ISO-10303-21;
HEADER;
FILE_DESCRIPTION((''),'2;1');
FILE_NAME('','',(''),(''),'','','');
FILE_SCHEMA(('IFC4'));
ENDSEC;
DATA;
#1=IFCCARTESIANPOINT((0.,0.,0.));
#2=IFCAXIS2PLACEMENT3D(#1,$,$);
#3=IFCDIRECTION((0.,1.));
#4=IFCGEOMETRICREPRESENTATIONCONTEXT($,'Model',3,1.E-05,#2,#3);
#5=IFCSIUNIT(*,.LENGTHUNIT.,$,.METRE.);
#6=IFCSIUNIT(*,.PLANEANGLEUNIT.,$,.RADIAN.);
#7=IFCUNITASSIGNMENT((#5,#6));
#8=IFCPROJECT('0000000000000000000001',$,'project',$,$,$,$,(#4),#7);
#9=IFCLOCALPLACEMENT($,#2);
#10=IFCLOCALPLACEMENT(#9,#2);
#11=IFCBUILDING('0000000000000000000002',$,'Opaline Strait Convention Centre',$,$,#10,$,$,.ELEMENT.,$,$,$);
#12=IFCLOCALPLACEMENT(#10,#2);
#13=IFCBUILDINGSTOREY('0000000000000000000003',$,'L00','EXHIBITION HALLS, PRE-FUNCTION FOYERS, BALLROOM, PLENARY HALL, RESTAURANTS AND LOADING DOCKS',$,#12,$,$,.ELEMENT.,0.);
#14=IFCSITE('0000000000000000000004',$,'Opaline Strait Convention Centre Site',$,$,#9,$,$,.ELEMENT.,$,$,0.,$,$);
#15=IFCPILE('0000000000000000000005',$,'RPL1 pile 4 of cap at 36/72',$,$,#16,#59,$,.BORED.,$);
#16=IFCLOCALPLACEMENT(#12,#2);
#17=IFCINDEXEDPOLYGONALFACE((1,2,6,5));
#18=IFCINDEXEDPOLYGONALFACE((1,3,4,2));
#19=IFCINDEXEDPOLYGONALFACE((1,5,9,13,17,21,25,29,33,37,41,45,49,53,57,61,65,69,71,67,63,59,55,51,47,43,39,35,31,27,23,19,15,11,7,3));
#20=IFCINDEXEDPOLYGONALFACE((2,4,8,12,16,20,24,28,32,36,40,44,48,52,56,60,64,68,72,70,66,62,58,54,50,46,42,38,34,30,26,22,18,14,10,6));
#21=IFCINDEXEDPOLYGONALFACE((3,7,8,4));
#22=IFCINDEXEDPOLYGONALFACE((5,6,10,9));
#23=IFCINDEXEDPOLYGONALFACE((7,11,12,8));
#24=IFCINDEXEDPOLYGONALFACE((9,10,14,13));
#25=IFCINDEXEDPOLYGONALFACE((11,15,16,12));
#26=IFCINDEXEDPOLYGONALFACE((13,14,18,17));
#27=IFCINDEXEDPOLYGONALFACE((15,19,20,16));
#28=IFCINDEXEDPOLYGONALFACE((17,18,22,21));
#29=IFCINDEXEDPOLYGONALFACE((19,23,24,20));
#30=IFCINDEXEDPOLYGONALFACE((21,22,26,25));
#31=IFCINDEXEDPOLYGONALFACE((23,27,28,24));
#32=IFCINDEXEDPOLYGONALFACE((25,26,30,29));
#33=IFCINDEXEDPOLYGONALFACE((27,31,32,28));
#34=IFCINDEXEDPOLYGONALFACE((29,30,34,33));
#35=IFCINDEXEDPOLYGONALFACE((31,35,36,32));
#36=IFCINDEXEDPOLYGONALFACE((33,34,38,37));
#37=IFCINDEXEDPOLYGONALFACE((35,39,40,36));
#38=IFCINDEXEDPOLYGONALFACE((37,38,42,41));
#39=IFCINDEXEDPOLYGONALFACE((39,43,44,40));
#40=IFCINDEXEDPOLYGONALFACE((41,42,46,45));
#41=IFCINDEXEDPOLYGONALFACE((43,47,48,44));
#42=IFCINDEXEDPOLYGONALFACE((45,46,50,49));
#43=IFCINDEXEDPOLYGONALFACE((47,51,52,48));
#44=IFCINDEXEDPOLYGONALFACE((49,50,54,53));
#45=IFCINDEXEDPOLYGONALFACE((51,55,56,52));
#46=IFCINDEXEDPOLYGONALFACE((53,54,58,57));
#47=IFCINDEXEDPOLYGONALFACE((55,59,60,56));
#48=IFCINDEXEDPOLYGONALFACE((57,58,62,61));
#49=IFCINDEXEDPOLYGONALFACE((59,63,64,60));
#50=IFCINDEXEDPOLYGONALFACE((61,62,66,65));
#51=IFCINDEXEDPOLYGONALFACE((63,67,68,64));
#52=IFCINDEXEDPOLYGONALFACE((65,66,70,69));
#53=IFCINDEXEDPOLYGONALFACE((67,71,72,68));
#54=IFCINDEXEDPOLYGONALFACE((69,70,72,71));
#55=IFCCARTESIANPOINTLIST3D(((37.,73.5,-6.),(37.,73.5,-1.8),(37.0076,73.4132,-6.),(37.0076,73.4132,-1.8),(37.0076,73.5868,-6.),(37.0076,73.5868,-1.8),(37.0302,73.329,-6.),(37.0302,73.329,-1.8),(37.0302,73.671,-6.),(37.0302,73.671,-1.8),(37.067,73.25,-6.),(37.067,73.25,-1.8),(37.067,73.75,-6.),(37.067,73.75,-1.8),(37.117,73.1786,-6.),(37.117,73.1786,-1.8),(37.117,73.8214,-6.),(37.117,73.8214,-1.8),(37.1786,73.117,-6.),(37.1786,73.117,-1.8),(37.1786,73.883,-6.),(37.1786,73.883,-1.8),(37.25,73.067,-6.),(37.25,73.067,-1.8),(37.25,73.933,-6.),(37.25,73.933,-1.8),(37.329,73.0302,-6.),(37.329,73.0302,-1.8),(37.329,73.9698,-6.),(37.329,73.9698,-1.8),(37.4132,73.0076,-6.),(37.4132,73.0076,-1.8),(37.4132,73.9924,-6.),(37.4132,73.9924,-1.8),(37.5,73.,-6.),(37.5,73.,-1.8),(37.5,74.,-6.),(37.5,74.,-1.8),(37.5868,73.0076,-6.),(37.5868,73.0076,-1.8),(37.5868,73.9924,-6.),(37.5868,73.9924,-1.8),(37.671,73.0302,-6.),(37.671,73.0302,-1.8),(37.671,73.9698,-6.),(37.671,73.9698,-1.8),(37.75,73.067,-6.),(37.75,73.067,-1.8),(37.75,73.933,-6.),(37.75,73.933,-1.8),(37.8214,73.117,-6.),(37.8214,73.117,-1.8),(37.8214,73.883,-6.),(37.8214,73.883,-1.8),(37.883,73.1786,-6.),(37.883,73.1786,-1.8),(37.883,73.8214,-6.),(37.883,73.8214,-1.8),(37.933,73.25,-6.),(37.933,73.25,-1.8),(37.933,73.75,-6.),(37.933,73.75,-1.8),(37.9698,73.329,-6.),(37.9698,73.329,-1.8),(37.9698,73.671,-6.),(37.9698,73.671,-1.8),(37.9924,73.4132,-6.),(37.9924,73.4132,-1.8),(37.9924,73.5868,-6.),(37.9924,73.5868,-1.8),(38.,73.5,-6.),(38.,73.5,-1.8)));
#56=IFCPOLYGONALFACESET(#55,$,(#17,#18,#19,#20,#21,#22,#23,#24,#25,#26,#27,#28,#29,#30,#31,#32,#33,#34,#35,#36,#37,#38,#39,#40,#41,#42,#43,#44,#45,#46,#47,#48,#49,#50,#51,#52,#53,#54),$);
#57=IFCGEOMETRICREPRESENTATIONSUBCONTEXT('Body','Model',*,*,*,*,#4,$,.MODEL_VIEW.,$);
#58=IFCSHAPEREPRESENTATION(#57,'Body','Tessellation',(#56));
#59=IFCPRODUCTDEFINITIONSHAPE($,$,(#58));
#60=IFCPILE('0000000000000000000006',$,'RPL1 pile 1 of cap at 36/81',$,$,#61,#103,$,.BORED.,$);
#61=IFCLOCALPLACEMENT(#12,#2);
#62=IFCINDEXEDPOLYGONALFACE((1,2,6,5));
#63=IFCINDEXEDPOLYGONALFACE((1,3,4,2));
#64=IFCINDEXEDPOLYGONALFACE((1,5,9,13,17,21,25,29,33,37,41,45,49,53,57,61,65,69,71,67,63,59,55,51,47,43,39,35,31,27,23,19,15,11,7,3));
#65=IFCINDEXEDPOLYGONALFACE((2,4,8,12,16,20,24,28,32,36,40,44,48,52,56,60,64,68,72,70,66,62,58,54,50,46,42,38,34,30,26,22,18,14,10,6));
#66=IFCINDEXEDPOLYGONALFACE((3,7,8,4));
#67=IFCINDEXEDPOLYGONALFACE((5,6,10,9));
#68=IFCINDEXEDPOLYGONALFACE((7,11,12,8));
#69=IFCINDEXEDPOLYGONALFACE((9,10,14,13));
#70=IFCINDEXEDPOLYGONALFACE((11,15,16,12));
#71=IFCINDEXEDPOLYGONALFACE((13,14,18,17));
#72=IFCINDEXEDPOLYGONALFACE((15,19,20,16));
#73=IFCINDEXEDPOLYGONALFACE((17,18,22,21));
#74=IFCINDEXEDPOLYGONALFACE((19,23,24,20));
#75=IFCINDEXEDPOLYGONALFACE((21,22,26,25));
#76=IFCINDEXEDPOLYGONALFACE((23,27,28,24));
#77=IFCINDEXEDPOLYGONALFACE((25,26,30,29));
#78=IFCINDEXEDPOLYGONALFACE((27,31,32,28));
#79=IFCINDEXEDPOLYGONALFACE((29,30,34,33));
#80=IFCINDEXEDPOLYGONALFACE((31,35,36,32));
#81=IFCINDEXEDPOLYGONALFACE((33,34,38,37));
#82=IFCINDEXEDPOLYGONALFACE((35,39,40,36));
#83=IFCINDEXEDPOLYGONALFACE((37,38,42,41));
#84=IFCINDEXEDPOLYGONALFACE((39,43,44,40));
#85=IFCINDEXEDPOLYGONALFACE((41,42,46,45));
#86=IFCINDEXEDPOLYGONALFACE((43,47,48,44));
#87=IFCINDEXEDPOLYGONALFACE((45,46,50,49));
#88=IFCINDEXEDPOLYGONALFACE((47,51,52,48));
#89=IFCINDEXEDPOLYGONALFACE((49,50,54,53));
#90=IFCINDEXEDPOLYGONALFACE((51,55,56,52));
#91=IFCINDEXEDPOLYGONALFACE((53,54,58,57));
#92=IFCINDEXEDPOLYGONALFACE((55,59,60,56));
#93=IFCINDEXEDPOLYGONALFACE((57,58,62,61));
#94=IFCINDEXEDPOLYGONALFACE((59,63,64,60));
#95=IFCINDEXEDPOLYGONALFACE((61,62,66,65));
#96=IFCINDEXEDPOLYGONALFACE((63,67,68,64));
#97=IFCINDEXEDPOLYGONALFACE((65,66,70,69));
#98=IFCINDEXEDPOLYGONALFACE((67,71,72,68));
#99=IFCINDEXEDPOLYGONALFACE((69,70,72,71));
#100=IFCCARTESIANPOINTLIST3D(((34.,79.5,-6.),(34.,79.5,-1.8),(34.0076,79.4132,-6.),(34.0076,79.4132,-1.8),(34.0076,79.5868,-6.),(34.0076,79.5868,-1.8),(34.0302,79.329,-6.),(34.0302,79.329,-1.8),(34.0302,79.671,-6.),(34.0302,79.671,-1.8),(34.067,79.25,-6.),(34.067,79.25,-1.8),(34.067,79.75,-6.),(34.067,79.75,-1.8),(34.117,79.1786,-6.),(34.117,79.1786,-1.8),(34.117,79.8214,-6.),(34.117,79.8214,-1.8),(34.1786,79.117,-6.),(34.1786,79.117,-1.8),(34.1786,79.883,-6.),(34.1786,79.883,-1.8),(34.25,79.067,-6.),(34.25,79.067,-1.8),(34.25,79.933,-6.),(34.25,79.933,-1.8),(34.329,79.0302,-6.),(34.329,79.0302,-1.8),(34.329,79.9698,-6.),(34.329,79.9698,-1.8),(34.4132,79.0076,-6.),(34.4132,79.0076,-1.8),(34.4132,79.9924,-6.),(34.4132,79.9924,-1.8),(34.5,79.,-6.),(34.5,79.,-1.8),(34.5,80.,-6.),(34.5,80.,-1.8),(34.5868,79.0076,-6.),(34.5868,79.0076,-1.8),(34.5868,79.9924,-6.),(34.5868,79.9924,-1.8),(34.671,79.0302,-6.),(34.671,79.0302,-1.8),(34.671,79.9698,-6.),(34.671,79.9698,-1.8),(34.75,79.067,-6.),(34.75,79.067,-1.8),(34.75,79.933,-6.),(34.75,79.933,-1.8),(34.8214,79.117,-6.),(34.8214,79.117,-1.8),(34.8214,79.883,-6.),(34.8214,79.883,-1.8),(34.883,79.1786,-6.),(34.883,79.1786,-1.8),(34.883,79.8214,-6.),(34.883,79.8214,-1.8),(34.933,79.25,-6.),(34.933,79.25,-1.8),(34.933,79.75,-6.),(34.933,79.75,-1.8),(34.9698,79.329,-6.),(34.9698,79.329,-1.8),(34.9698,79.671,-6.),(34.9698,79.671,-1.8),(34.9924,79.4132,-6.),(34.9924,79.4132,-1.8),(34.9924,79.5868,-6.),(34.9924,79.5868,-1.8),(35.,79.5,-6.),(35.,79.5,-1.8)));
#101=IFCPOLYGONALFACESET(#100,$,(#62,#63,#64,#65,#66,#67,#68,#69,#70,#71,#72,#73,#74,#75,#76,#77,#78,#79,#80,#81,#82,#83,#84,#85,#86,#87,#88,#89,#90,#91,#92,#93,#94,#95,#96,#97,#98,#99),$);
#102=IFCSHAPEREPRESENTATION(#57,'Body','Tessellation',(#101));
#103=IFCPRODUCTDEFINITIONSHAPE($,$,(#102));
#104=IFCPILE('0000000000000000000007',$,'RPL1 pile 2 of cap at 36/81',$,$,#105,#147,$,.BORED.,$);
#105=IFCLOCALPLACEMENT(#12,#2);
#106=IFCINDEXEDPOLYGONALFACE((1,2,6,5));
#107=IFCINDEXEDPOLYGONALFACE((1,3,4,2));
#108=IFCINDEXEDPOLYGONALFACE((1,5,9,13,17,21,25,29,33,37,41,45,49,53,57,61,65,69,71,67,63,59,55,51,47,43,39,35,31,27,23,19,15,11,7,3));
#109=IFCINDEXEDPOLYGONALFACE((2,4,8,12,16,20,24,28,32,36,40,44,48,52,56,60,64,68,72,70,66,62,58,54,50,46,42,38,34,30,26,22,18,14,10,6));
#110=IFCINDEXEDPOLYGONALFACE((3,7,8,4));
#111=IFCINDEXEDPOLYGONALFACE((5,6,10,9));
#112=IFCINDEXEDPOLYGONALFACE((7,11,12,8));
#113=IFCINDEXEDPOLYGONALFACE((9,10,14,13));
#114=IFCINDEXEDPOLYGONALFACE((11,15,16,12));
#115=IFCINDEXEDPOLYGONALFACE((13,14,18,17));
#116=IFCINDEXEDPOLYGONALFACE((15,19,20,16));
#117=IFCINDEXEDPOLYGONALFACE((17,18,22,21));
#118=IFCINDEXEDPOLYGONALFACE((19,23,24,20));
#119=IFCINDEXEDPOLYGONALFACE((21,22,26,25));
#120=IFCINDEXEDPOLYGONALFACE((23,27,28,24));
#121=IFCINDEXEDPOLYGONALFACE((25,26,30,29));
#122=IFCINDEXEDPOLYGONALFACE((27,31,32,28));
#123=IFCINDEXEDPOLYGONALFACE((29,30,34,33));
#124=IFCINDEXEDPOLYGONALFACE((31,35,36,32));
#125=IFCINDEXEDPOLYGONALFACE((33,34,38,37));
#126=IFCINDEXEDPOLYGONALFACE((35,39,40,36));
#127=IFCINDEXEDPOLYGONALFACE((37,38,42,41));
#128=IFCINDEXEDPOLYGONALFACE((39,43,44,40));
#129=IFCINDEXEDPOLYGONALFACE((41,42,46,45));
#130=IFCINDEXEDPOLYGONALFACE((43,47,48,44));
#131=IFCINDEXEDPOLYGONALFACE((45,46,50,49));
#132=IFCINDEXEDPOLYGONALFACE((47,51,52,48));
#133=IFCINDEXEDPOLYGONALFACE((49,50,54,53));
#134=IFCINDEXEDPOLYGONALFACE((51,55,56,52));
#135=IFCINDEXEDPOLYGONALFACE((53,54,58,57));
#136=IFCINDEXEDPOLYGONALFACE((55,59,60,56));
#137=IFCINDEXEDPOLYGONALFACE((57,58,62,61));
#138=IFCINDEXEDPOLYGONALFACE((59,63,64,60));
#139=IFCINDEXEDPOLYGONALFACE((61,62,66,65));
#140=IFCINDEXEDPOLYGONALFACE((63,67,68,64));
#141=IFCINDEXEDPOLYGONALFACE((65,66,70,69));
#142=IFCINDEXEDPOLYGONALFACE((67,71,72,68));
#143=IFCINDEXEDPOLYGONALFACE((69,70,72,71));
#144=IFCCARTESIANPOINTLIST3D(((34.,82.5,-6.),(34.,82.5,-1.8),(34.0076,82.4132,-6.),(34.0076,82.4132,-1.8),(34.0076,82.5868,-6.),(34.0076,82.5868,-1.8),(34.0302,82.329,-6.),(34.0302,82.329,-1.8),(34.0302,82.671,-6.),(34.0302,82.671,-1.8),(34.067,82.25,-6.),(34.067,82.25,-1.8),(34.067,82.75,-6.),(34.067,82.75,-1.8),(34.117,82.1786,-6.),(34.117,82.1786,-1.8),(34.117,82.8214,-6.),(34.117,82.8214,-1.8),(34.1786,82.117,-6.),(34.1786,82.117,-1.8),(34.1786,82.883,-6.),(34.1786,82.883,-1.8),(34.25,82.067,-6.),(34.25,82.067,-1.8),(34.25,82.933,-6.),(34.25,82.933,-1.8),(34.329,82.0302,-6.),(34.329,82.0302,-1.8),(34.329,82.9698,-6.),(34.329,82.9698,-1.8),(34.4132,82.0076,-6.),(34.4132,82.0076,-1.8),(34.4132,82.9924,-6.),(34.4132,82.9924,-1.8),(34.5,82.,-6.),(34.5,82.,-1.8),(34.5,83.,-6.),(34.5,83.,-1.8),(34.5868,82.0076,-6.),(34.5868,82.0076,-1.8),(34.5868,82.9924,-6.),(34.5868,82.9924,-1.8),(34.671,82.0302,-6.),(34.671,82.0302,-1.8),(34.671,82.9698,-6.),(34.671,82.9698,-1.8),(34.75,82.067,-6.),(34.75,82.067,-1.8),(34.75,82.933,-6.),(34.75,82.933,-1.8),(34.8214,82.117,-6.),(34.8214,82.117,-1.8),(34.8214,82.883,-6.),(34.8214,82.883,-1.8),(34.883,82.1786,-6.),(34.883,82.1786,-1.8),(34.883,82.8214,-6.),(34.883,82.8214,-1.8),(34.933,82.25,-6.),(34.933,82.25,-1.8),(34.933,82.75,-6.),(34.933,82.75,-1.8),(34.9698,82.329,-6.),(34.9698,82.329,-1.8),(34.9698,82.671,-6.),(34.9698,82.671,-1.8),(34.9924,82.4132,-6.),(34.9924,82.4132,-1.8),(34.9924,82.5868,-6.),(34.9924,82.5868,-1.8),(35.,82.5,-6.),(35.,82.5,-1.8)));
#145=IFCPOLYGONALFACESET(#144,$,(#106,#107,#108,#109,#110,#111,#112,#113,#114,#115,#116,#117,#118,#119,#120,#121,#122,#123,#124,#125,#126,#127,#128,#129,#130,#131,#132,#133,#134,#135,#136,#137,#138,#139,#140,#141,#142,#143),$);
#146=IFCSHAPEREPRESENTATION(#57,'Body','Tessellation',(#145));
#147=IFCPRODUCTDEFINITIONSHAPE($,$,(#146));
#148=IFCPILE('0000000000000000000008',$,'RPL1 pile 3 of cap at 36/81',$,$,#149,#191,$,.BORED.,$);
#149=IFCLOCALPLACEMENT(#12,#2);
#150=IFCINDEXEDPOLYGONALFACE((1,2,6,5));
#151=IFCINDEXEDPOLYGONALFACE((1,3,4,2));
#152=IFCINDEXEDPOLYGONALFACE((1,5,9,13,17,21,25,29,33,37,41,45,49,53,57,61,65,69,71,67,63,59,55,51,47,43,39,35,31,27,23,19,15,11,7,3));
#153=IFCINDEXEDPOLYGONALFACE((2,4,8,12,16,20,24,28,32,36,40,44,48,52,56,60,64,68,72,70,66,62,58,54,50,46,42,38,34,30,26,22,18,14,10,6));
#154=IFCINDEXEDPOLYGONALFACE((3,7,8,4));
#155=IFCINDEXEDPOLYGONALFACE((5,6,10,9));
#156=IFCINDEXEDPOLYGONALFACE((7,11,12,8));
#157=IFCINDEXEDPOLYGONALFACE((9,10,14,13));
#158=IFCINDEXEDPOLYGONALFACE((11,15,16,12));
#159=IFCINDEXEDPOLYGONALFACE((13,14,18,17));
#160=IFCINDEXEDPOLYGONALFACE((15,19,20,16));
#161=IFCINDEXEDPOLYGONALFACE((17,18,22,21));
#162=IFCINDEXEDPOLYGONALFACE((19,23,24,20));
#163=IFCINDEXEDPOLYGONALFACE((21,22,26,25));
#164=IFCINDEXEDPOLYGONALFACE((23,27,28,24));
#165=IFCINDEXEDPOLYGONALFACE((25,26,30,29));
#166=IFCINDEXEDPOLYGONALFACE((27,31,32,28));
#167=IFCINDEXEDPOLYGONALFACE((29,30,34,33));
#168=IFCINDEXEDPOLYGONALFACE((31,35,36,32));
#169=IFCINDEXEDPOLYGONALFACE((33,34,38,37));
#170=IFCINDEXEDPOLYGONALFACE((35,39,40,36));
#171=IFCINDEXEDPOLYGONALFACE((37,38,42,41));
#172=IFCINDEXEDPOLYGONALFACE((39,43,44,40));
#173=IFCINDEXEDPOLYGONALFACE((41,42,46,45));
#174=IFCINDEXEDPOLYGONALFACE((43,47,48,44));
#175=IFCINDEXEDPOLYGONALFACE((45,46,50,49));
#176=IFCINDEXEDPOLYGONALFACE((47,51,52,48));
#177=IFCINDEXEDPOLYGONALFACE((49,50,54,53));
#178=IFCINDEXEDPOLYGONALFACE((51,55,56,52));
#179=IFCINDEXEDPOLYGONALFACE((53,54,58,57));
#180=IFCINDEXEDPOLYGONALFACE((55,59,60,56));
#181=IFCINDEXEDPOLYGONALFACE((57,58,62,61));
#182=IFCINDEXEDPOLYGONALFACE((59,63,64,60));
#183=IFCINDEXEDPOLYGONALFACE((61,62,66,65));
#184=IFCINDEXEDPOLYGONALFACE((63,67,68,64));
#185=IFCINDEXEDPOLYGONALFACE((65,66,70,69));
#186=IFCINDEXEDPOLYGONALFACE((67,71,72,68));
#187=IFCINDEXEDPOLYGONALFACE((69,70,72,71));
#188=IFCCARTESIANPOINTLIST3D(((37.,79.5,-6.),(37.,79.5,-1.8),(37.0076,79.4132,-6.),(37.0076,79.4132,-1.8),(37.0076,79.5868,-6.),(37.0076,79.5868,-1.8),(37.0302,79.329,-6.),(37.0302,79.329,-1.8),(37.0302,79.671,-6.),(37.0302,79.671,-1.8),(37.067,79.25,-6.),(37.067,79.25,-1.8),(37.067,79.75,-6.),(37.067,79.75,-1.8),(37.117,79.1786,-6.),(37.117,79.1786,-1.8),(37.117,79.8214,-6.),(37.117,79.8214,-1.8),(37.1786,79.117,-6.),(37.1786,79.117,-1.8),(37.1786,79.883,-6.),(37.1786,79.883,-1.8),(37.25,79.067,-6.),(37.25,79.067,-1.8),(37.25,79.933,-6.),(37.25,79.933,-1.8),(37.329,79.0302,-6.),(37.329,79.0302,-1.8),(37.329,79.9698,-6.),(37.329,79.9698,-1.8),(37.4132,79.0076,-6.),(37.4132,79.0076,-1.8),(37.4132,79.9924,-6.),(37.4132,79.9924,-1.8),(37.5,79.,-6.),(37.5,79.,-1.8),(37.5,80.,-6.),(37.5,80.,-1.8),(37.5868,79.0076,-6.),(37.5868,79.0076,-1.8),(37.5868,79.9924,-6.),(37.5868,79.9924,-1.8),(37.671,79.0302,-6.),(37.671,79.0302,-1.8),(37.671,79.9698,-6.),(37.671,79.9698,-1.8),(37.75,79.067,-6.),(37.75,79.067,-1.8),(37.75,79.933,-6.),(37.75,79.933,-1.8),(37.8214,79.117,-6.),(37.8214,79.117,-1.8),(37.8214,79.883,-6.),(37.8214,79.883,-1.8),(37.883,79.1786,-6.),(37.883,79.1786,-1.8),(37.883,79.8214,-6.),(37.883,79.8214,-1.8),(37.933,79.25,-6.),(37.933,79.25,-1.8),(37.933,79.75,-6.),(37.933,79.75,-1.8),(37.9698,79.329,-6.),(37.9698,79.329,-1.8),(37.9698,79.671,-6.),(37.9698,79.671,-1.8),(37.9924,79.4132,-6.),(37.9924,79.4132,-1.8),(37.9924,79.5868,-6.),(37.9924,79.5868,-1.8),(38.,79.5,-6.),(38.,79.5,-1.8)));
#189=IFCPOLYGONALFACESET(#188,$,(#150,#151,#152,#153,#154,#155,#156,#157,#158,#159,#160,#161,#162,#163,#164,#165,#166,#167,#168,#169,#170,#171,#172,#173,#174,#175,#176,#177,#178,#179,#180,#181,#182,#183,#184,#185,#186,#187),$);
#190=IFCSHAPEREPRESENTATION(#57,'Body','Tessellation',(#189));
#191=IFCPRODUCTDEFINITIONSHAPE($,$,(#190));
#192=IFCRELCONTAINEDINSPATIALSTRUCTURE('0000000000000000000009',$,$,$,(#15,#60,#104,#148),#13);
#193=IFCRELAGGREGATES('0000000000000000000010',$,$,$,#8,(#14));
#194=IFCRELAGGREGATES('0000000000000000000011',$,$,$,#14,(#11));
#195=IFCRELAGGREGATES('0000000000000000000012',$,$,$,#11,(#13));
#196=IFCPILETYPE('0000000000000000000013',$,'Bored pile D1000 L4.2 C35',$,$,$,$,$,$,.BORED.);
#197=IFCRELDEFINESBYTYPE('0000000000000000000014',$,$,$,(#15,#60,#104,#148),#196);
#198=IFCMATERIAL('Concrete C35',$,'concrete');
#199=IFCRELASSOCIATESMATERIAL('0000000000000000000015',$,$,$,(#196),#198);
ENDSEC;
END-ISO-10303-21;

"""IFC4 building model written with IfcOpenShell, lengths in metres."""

from ifc_helpers import new_model, si_unit, direction, frame, origin, origin_2d, place, context, subcontext, project, spatial, circle, extrude, material, material_profile, profile_set, type_object, element, save


model = new_model("IFC4")

# Units and contexts
model_context = context("Model", 3, precision=1e-05, world=origin(), true_north=direction((0.0, 1.0)))
body_context = subcontext(model_context, "Body", "Model", "MODEL_VIEW")
ifc_project = project(units=[si_unit("LENGTHUNIT", "METRE"), si_unit("PLANEANGLEUNIT", "RADIAN")], contexts=[model_context])

# Site, building, storey
site_placement = place(None, origin())
site = spatial("IfcSite", under=ifc_project, at=site_placement, Name="Opaline Strait Convention Centre Site", CompositionType="ELEMENT", RefElevation=0.0)
building_placement = place(site_placement, origin())
building = spatial("IfcBuilding", under=site, at=building_placement, Name="Opaline Strait Convention Centre", CompositionType="ELEMENT")
storey_placement = place(building_placement, origin())
storey = spatial("IfcBuildingStorey", under=building, at=storey_placement, Name="L00", Description="EXHIBITION HALLS, PRE-FUNCTION FOYERS, BALLROOM, PLENARY HALL, RESTAURANTS AND LOADING DOCKS", CompositionType="ELEMENT", Elevation=0.0)

# Piles
ifc_material_1 = material(Name="Concrete C35", Category="concrete")
ifc_material_profile_1 = material_profile(ifc_material_1, circle(Radius=0.5, at=origin_2d()), Name="D1000")
ifc_profile_set_1 = profile_set([ifc_material_profile_1], Name="Concrete C35")
pile_type = type_object("IfcPileType", Name="Bored pile D1000 L4.2 C35", PredefinedType="BORED", material=ifc_profile_set_1)
for number, where, z_axis, x_axis, name in (
    (1, (37.5, 73.5, -1.8), (0.0, 0.0, -1.0), (1.0, 0.0, 0.0), "RPL1 pile 4 of cap at 36/72"),
    (2, (34.5, 79.5, -1.8), (0.0, 0.0, -1.0), (1.0, 0.0, 0.0), "RPL1 pile 1 of cap at 36/81"),
    (3, (34.5, 82.5, -1.8), (0.0, 0.0, -1.0), (1.0, 0.0, 0.0), "RPL1 pile 2 of cap at 36/81"),
    (4, (37.5, 79.5, -1.8), (0.0, 0.0, -1.0), (1.0, 0.0, 0.0), "RPL1 pile 3 of cap at 36/81"),
):
    element("IfcPile", number, at=place(storey_placement, frame(where, z_axis=z_axis, x_axis=x_axis)), inside=storey, type_object=pile_type, Name=name, PredefinedType="BORED", context=body_context, shape_type="SweptSolid", body=[
        extrude(circle(Radius=0.5, at=origin_2d()), origin(), (0.0, 0.0, 1.0), 4.2),
    ])

save(model, "model.ifc")
